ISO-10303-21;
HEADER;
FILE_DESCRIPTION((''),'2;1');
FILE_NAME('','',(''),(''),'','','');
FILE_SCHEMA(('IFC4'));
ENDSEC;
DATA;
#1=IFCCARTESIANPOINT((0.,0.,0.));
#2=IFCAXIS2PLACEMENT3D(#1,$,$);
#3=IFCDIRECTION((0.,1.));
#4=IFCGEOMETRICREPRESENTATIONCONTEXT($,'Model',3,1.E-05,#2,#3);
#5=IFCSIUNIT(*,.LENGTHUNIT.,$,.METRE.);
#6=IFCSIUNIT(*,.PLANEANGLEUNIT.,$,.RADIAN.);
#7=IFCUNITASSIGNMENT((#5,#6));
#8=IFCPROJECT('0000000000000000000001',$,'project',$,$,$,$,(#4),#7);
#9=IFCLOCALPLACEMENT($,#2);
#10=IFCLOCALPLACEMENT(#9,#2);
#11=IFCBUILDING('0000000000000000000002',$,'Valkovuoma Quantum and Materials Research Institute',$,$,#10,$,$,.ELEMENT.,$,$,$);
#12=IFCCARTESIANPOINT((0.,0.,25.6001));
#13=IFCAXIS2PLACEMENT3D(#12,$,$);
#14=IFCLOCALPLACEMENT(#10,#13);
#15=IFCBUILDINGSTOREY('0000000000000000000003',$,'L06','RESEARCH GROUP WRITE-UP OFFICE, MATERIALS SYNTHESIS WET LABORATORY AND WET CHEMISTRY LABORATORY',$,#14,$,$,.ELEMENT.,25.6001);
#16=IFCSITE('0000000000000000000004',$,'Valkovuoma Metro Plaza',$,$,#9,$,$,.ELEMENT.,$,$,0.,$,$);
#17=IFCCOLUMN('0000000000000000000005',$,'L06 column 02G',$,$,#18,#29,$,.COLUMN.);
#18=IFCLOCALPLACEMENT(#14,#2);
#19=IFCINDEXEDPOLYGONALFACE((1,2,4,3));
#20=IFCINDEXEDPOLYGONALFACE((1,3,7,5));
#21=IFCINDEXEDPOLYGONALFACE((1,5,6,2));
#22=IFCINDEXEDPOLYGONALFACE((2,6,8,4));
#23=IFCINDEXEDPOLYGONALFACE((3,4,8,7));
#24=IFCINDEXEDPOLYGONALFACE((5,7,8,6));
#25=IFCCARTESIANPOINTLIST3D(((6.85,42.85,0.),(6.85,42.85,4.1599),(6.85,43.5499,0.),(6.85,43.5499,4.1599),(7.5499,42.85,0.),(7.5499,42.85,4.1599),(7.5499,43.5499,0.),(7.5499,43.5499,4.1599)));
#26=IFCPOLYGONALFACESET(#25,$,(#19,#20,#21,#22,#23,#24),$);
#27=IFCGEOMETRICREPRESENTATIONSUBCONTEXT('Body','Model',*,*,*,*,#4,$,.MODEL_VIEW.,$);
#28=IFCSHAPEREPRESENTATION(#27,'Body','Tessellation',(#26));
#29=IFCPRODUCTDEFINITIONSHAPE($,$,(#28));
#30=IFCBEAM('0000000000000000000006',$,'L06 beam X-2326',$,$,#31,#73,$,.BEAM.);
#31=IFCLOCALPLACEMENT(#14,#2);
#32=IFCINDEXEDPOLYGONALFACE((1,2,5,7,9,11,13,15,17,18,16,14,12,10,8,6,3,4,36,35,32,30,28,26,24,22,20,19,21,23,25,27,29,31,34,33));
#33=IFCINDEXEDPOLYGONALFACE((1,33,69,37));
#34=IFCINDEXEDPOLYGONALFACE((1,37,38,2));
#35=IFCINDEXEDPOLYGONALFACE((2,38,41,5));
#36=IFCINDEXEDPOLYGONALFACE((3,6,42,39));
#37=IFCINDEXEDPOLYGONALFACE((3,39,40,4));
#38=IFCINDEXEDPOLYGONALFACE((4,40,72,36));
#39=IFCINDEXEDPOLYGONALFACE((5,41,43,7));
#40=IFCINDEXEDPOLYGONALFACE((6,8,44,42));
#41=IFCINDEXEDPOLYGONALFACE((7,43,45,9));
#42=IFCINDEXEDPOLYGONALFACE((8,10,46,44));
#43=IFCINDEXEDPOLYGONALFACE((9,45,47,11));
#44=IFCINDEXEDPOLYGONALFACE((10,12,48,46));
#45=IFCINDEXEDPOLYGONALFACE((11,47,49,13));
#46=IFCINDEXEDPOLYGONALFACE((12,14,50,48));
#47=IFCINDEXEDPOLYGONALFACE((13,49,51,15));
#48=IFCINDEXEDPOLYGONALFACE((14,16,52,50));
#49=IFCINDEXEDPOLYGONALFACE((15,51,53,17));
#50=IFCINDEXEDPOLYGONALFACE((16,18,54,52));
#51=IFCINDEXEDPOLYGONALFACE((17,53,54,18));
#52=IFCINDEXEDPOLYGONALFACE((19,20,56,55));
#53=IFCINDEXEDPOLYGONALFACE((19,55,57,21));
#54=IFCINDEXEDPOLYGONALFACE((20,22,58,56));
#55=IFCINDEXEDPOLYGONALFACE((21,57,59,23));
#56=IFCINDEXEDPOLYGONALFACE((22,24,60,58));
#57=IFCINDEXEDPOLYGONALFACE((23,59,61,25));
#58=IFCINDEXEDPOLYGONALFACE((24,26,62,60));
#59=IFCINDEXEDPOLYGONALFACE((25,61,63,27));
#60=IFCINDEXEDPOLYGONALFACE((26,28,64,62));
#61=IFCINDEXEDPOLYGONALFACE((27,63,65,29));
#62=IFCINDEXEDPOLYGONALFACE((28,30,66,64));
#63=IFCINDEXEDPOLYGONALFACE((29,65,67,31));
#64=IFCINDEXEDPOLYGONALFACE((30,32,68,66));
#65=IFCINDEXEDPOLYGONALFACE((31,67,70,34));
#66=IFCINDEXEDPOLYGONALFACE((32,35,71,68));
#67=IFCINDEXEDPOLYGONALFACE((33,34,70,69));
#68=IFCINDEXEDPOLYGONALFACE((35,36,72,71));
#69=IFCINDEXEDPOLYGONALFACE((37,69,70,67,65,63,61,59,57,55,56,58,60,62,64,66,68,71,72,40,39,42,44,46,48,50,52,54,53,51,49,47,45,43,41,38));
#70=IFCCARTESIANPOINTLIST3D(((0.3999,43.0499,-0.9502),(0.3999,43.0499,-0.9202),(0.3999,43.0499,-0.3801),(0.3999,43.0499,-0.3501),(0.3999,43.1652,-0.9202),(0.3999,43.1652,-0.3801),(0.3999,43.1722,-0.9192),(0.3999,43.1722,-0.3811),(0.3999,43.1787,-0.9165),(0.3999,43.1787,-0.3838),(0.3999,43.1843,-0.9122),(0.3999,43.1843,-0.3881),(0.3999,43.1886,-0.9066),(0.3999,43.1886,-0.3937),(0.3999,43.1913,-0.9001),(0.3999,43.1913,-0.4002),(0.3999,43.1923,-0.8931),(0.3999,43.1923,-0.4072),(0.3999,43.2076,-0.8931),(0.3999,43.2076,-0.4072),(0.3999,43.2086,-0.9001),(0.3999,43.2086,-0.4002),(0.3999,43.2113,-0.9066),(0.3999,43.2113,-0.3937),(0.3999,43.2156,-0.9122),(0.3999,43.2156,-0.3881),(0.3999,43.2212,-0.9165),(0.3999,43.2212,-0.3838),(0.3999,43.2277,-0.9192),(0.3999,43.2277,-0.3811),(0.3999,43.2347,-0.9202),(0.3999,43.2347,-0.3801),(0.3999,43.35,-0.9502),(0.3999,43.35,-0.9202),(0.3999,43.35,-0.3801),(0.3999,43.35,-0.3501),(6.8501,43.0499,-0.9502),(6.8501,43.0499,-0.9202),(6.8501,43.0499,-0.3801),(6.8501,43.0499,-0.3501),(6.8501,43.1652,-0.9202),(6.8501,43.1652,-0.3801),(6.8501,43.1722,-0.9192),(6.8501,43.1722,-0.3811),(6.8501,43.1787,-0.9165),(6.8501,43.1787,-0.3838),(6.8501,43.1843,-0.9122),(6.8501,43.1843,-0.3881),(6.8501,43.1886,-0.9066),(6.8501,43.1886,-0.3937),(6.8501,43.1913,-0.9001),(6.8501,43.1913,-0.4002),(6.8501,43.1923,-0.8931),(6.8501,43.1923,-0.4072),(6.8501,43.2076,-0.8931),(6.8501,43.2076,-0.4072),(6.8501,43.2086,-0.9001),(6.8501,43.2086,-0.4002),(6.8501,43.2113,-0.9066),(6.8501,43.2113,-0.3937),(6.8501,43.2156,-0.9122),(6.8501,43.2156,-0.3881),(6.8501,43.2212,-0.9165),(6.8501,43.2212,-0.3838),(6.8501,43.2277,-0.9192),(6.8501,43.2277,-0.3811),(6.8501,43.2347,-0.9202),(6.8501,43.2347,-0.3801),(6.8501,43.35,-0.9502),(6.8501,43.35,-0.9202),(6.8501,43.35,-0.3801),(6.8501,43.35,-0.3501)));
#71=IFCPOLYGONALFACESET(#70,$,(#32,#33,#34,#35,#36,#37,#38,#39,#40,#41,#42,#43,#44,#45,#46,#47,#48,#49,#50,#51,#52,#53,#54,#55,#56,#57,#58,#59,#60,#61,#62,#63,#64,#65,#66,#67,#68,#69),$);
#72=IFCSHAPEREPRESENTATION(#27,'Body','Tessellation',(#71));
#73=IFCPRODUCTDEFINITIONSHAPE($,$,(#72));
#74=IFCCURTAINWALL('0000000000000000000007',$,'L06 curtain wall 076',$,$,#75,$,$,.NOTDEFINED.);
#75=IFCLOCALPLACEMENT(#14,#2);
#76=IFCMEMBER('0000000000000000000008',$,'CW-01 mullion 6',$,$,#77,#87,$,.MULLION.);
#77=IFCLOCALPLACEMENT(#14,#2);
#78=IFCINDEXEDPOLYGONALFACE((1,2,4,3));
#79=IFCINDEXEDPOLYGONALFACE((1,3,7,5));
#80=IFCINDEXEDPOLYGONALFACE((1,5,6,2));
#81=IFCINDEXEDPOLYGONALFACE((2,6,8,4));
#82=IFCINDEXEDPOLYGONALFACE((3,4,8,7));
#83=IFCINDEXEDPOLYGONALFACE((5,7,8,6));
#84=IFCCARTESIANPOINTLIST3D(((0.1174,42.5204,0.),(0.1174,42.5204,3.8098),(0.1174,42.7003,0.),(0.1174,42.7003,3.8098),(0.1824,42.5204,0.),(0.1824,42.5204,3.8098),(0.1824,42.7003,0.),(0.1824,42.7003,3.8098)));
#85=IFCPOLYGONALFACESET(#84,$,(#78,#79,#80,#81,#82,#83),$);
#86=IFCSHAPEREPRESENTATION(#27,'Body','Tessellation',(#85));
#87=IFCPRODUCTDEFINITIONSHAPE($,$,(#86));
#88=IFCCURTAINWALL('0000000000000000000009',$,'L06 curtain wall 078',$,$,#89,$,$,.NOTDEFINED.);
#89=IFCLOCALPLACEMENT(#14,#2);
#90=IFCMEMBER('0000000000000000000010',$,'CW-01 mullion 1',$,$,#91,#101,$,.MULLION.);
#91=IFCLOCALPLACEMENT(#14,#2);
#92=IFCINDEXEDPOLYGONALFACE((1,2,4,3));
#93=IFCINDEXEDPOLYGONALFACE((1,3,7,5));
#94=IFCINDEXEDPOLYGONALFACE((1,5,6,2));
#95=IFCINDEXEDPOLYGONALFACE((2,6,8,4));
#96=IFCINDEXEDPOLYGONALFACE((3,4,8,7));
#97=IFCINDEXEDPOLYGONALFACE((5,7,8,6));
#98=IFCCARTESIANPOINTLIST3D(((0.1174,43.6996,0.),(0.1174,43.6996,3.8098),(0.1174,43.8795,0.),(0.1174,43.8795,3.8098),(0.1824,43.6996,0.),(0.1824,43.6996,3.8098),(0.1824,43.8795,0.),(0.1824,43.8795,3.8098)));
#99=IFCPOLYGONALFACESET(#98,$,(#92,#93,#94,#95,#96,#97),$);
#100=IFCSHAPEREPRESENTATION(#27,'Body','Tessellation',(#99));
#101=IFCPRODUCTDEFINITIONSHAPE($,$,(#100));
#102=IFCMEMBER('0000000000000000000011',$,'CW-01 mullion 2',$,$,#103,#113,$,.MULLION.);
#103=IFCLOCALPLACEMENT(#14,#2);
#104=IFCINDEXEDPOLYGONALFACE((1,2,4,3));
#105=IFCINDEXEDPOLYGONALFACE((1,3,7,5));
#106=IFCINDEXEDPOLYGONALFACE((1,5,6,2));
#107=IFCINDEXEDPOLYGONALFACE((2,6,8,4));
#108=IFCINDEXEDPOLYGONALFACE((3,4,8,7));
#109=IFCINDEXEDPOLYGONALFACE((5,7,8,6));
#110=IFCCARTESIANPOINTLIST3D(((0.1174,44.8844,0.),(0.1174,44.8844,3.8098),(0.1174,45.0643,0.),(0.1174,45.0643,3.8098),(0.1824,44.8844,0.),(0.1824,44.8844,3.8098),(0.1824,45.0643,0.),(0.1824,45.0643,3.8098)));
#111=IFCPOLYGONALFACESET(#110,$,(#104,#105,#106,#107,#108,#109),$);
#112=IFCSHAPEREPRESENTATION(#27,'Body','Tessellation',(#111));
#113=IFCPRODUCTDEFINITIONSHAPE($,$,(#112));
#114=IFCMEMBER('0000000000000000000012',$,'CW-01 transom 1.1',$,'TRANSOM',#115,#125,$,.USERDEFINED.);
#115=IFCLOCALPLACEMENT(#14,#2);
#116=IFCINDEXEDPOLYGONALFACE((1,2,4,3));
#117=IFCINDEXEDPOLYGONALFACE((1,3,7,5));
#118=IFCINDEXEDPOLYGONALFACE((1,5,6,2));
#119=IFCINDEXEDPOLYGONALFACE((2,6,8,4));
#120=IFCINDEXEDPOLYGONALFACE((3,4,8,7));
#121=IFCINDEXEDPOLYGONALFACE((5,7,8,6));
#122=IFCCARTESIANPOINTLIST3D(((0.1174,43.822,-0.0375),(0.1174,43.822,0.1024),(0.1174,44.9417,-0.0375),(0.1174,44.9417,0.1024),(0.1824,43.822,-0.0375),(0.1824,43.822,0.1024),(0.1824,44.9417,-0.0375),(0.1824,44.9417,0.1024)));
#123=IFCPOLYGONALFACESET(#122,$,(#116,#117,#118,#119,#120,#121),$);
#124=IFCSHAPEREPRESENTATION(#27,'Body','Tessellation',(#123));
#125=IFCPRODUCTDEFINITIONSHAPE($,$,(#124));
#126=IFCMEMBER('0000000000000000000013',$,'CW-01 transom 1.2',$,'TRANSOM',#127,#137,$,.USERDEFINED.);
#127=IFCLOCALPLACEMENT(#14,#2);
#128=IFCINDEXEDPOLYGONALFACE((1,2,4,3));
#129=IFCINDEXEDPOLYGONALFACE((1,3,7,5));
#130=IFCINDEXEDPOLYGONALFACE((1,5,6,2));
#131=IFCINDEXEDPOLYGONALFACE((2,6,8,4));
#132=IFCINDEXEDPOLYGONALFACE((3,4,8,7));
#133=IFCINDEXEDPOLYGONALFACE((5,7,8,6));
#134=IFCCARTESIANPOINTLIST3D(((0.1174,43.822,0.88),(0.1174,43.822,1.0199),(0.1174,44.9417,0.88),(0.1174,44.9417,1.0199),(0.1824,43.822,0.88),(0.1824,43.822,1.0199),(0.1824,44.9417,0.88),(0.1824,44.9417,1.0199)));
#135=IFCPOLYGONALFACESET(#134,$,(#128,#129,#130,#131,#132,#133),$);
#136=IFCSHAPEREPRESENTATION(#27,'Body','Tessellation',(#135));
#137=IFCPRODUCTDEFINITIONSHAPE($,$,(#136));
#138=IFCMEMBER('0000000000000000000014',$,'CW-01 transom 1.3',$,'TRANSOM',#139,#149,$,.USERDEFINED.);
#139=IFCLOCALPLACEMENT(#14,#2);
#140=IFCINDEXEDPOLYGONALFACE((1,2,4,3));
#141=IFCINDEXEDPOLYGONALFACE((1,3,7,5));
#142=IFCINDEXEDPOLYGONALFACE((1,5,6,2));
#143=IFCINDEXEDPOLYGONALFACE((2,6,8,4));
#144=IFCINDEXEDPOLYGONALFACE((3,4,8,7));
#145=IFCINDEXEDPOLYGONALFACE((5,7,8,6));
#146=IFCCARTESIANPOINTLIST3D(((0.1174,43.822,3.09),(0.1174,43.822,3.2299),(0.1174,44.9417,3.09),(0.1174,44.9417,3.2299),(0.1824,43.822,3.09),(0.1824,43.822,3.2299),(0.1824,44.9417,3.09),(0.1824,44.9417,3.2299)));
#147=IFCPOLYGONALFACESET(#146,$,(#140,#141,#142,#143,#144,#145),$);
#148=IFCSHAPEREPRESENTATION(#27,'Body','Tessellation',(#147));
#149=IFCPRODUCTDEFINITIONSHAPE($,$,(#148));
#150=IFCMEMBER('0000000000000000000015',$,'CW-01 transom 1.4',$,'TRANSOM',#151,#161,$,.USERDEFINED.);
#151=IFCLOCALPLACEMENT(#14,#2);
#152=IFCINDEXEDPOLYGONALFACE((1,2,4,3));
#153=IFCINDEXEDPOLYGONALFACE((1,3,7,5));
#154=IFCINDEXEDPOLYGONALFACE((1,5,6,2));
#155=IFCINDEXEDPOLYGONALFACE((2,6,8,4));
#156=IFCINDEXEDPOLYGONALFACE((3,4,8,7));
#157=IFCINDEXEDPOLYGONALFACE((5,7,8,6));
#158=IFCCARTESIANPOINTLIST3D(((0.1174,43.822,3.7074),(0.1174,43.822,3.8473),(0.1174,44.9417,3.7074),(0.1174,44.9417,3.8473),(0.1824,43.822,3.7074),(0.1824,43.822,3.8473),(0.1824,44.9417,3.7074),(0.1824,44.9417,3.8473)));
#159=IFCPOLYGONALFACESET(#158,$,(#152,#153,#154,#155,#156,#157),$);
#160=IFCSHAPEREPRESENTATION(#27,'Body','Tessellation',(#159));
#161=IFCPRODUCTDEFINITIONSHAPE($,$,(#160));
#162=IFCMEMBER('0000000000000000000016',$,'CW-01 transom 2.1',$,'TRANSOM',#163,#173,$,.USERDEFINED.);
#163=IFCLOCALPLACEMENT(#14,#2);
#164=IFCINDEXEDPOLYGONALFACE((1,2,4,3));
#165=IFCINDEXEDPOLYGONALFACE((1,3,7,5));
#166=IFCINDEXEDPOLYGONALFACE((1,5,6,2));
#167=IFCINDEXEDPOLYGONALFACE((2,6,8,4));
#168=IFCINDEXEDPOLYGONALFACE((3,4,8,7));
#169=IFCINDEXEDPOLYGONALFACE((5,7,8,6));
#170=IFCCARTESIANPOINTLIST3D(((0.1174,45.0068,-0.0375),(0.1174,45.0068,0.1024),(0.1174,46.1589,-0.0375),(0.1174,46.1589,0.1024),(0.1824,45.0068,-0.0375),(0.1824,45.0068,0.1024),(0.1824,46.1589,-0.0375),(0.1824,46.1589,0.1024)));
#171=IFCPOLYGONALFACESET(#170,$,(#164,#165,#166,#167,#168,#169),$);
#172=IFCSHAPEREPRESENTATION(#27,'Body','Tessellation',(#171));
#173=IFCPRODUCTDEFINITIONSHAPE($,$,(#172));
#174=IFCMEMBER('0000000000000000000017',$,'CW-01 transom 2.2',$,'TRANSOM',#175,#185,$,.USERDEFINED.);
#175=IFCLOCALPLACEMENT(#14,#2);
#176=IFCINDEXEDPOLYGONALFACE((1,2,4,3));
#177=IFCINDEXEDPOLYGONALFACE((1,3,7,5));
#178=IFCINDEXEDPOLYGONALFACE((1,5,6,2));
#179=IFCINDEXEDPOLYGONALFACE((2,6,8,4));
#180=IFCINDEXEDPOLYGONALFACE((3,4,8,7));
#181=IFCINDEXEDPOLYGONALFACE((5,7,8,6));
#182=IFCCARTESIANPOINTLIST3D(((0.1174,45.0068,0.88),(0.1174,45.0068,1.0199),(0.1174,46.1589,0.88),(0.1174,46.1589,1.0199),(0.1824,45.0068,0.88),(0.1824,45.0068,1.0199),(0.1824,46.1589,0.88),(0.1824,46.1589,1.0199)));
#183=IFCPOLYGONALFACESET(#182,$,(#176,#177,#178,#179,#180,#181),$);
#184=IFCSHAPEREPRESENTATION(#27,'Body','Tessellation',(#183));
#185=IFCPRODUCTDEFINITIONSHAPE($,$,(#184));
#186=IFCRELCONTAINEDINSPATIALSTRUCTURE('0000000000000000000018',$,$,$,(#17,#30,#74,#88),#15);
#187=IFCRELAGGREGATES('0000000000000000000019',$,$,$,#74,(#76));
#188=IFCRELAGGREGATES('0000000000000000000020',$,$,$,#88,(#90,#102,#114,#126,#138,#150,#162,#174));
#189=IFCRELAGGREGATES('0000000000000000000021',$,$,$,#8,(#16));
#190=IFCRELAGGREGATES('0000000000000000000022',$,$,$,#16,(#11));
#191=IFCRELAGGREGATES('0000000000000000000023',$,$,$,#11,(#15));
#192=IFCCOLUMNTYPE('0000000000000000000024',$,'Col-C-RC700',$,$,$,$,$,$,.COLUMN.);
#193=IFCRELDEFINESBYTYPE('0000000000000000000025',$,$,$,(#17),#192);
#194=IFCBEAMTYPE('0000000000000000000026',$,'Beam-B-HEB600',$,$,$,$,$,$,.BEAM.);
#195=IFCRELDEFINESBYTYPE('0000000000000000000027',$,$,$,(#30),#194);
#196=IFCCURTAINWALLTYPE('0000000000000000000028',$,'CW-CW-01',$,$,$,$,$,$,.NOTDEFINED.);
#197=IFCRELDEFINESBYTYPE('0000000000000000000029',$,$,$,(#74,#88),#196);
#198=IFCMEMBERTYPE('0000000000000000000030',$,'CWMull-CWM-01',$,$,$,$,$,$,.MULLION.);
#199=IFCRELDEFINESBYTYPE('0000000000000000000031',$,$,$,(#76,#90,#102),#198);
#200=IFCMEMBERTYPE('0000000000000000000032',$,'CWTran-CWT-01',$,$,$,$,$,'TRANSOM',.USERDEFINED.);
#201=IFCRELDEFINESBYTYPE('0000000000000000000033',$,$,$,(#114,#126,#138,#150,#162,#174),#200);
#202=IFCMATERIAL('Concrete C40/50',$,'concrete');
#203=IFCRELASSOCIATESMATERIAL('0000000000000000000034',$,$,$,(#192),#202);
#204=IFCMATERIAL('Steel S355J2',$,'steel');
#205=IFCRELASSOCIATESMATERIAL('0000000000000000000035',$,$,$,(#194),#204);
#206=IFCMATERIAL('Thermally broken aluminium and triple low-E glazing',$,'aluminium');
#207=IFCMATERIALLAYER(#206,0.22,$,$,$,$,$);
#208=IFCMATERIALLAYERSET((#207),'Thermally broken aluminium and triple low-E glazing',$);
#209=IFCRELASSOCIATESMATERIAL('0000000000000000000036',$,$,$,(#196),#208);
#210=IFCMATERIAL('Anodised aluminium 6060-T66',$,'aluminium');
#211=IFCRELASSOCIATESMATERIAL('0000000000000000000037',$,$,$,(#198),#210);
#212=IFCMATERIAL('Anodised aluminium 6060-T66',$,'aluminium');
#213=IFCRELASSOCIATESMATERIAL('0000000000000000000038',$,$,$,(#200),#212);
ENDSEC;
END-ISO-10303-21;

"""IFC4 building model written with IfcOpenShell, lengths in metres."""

from ifc_helpers import new_model, si_unit, direction, frame, origin, origin_2d, place, context, subcontext, project, spatial, rectangle, i_section, extrude, material, layer, layer_set, material_profile, profile_set, type_object, element, aggregate, save


model = new_model("IFC4")

# Units and contexts
model_context = context("Model", 3, precision=1e-05, world=origin(), true_north=direction((0.0, 1.0)))
body_context = subcontext(model_context, "Body", "Model", "MODEL_VIEW")
ifc_project = project(units=[si_unit("LENGTHUNIT", "METRE"), si_unit("PLANEANGLEUNIT", "RADIAN")], contexts=[model_context])

# Site, building, storey
site_placement = place(None, origin())
site = spatial("IfcSite", under=ifc_project, at=site_placement, Name="Valkovuoma Metro Plaza", CompositionType="ELEMENT", RefElevation=0.0)
building_placement = place(site_placement, origin())
building = spatial("IfcBuilding", under=site, at=building_placement, Name="Valkovuoma Quantum and Materials Research Institute", CompositionType="ELEMENT")
storey_placement = place(building_placement, frame((0.0, 0.0, 25.6001)))
storey = spatial("IfcBuildingStorey", under=building, at=storey_placement, Name="L06", Description="RESEARCH GROUP WRITE-UP OFFICE, MATERIALS SYNTHESIS WET LABORATORY AND WET CHEMISTRY LABORATORY", CompositionType="ELEMENT", Elevation=25.6001)

# Column
ifc_material_1 = material(Name="Concrete C40/50", Category="concrete")
ifc_material_profile_1 = material_profile(ifc_material_1, rectangle(XDim=0.7, YDim=0.7, at=origin_2d()), Name="Concrete C40/50")
ifc_profile_set_1 = profile_set([ifc_material_profile_1], Name="Concrete C40/50")
column_type = type_object("IfcColumnType", Name="Col-C-RC700", PredefinedType="COLUMN", material=ifc_profile_set_1)
column_placement = place(storey_placement, frame((7.2, 43.2, 0.0), z_axis=(0.0, 0.0, 1.0), x_axis=(1.0, 0.0, 0.0)))
element("IfcColumn", 1, at=column_placement, inside=storey, type_object=column_type, Name="L06 column 02G", PredefinedType="COLUMN", context=body_context, shape_type="SweptSolid", body=[
    extrude(rectangle(XDim=0.7, YDim=0.7, at=origin_2d()), origin(), (0.0, 0.0, 1.0), 4.1599),
])

# Beam
ifc_material_2 = material(Name="Steel S355J2", Category="steel")
ifc_material_profile_2 = material_profile(ifc_material_2, i_section(OverallWidth=0.3, OverallDepth=0.6001, WebThickness=0.0154, FlangeThickness=0.03, FilletRadius=0.0271, at=origin_2d()), Name="Steel S355J2")
ifc_profile_set_2 = profile_set([ifc_material_profile_2], Name="Steel S355J2")
beam_type = type_object("IfcBeamType", Name="Beam-B-HEB600", PredefinedType="BEAM", material=ifc_profile_set_2)
beam_placement = place(storey_placement, frame((0.3999, 43.2, -0.6501), z_axis=(1.0, 0.0, 0.0), x_axis=(0.0, 1.0, 0.0)))
element("IfcBeam", 2, at=beam_placement, inside=storey, type_object=beam_type, Name="L06 beam X-2326", PredefinedType="BEAM", context=body_context, shape_type="SweptSolid", body=[
    extrude(i_section(OverallWidth=0.3, OverallDepth=0.6001, WebThickness=0.0154, FlangeThickness=0.03, FilletRadius=0.0271, at=origin_2d()), origin(), (0.0, 0.0, 1.0), 6.4502),
])

# Curtain wall, member
ifc_material_3 = material(Name="Thermally broken aluminium and triple low-E glazing", Category="aluminium")
ifc_layer_1 = layer(ifc_material_3, 0.22)
ifc_layer_set_1 = layer_set([ifc_layer_1], Name="Thermally broken aluminium and triple low-E glazing")
curtain_wall_type = type_object("IfcCurtainWallType", Name="CW-CW-01", PredefinedType="NOTDEFINED", material=ifc_layer_set_1)
curtain_wall_1_placement = place(storey_placement, origin())
curtain_wall_1 = element("IfcCurtainWall", 3, at=curtain_wall_1_placement, inside=storey, type_object=curtain_wall_type, Name="L06 curtain wall 076", PredefinedType="NOTDEFINED")
ifc_material_4 = material(Name="Anodised aluminium 6060-T66", Category="aluminium")
ifc_material_profile_3 = material_profile(ifc_material_4, rectangle(XDim=0.0649, YDim=0.1799, at=origin_2d()), Name="Anodised aluminium 6060-T66")
ifc_profile_set_3 = profile_set([ifc_material_profile_3], Name="Anodised aluminium 6060-T66")
member_type_1 = type_object("IfcMemberType", Name="CWMull-CWM-01", PredefinedType="MULLION", material=ifc_profile_set_3)
member_1_placement = place(storey_placement, frame((0.1499, 42.6104, 0.0), z_axis=(0.0, 0.0, 1.0), x_axis=(-1.0, 0.0, 0.0)))
member_1 = element("IfcMember", 4, at=member_1_placement, type_object=member_type_1, Name="CW-01 mullion 6", PredefinedType="MULLION", context=body_context, shape_type="SweptSolid", body=[
    extrude(rectangle(XDim=0.0649, YDim=0.1799, at=origin_2d()), origin(), (0.0, 0.0, 1.0), 3.8098),
])
aggregate(curtain_wall_1, [member_1])

# Curtain wall, members
curtain_wall_2_placement = place(storey_placement, origin())
curtain_wall_2 = element("IfcCurtainWall", 5, at=curtain_wall_2_placement, inside=storey, type_object=curtain_wall_type, Name="L06 curtain wall 078", PredefinedType="NOTDEFINED")
member_2_placement = place(storey_placement, frame((0.1499, 43.7896, 0.0), z_axis=(0.0, 0.0, 1.0), x_axis=(-1.0, 0.0, 0.0)))
member_2 = element("IfcMember", 6, at=member_2_placement, type_object=member_type_1, Name="CW-01 mullion 1", PredefinedType="MULLION", context=body_context, shape_type="SweptSolid", body=[
    extrude(rectangle(XDim=0.0649, YDim=0.1799, at=origin_2d()), origin(), (0.0, 0.0, 1.0), 3.8098),
])
member_3_placement = place(storey_placement, frame((0.1499, 44.9744, 0.0), z_axis=(0.0, 0.0, 1.0), x_axis=(-1.0, 0.0, 0.0)))
member_3 = element("IfcMember", 7, at=member_3_placement, type_object=member_type_1, Name="CW-01 mullion 2", PredefinedType="MULLION", context=body_context, shape_type="SweptSolid", body=[
    extrude(rectangle(XDim=0.0649, YDim=0.1799, at=origin_2d()), origin(), (0.0, 0.0, 1.0), 3.8098),
])
ifc_material_5 = material(Name="Anodised aluminium 6060-T66", Category="aluminium")
ifc_material_profile_4 = material_profile(ifc_material_5, rectangle(XDim=0.0649, YDim=0.1399, at=origin_2d()), Name="Anodised aluminium 6060-T66")
ifc_profile_set_4 = profile_set([ifc_material_profile_4], Name="Anodised aluminium 6060-T66")
member_type_2 = type_object("IfcMemberType", Name="CWTran-CWT-01", ElementType="TRANSOM", PredefinedType="USERDEFINED", material=ifc_profile_set_4)
member_4_placement = place(storey_placement, frame((0.1499, 43.822, 0.0325), z_axis=(0.0, 1.0, 0.0), x_axis=(-1.0, 0.0, 0.0)))
member_4 = element("IfcMember", 8, at=member_4_placement, type_object=member_type_2, Name="CW-01 transom 1.1", ObjectType="TRANSOM", PredefinedType="USERDEFINED", context=body_context, shape_type="SweptSolid", body=[
    extrude(rectangle(XDim=0.0649, YDim=0.1399, at=origin_2d()), origin(), (0.0, 0.0, 1.0), 1.1196),
])
member_5_placement = place(storey_placement, frame((0.1499, 43.822, 0.95), z_axis=(0.0, 1.0, 0.0), x_axis=(-1.0, 0.0, 0.0)))
member_5 = element("IfcMember", 9, at=member_5_placement, type_object=member_type_2, Name="CW-01 transom 1.2", ObjectType="TRANSOM", PredefinedType="USERDEFINED", context=body_context, shape_type="SweptSolid", body=[
    extrude(rectangle(XDim=0.0649, YDim=0.1399, at=origin_2d()), origin(), (0.0, 0.0, 1.0), 1.1196),
])
member_6_placement = place(storey_placement, frame((0.1499, 43.822, 3.1599), z_axis=(0.0, 1.0, 0.0), x_axis=(-1.0, 0.0, 0.0)))
member_6 = element("IfcMember", 10, at=member_6_placement, type_object=member_type_2, Name="CW-01 transom 1.3", ObjectType="TRANSOM", PredefinedType="USERDEFINED", context=body_context, shape_type="SweptSolid", body=[
    extrude(rectangle(XDim=0.0649, YDim=0.1399, at=origin_2d()), origin(), (0.0, 0.0, 1.0), 1.1196),
])
member_7_placement = place(storey_placement, frame((0.1499, 43.822, 3.7773), z_axis=(0.0, 1.0, 0.0), x_axis=(-1.0, 0.0, 0.0)))
member_7 = element("IfcMember", 11, at=member_7_placement, type_object=member_type_2, Name="CW-01 transom 1.4", ObjectType="TRANSOM", PredefinedType="USERDEFINED", context=body_context, shape_type="SweptSolid", body=[
    extrude(rectangle(XDim=0.0649, YDim=0.1399, at=origin_2d()), origin(), (0.0, 0.0, 1.0), 1.1196),
])
member_8_placement = place(storey_placement, frame((0.1499, 45.0068, 0.0325), z_axis=(0.0, 1.0, 0.0), x_axis=(-1.0, 0.0, 0.0)))
member_8 = element("IfcMember", 12, at=member_8_placement, type_object=member_type_2, Name="CW-01 transom 2.1", ObjectType="TRANSOM", PredefinedType="USERDEFINED", context=body_context, shape_type="SweptSolid", body=[
    extrude(rectangle(XDim=0.0649, YDim=0.1399, at=origin_2d()), origin(), (0.0, 0.0, 1.0), 1.1521),
])
member_9_placement = place(storey_placement, frame((0.1499, 45.0068, 0.95), z_axis=(0.0, 1.0, 0.0), x_axis=(-1.0, 0.0, 0.0)))
member_9 = element("IfcMember", 13, at=member_9_placement, type_object=member_type_2, Name="CW-01 transom 2.2", ObjectType="TRANSOM", PredefinedType="USERDEFINED", context=body_context, shape_type="SweptSolid", body=[
    extrude(rectangle(XDim=0.0649, YDim=0.1399, at=origin_2d()), origin(), (0.0, 0.0, 1.0), 1.1521),
])
aggregate(curtain_wall_2, [member_2, member_3, member_4, member_5, member_6, member_7, member_8, member_9])

save(model, "model.ifc")
